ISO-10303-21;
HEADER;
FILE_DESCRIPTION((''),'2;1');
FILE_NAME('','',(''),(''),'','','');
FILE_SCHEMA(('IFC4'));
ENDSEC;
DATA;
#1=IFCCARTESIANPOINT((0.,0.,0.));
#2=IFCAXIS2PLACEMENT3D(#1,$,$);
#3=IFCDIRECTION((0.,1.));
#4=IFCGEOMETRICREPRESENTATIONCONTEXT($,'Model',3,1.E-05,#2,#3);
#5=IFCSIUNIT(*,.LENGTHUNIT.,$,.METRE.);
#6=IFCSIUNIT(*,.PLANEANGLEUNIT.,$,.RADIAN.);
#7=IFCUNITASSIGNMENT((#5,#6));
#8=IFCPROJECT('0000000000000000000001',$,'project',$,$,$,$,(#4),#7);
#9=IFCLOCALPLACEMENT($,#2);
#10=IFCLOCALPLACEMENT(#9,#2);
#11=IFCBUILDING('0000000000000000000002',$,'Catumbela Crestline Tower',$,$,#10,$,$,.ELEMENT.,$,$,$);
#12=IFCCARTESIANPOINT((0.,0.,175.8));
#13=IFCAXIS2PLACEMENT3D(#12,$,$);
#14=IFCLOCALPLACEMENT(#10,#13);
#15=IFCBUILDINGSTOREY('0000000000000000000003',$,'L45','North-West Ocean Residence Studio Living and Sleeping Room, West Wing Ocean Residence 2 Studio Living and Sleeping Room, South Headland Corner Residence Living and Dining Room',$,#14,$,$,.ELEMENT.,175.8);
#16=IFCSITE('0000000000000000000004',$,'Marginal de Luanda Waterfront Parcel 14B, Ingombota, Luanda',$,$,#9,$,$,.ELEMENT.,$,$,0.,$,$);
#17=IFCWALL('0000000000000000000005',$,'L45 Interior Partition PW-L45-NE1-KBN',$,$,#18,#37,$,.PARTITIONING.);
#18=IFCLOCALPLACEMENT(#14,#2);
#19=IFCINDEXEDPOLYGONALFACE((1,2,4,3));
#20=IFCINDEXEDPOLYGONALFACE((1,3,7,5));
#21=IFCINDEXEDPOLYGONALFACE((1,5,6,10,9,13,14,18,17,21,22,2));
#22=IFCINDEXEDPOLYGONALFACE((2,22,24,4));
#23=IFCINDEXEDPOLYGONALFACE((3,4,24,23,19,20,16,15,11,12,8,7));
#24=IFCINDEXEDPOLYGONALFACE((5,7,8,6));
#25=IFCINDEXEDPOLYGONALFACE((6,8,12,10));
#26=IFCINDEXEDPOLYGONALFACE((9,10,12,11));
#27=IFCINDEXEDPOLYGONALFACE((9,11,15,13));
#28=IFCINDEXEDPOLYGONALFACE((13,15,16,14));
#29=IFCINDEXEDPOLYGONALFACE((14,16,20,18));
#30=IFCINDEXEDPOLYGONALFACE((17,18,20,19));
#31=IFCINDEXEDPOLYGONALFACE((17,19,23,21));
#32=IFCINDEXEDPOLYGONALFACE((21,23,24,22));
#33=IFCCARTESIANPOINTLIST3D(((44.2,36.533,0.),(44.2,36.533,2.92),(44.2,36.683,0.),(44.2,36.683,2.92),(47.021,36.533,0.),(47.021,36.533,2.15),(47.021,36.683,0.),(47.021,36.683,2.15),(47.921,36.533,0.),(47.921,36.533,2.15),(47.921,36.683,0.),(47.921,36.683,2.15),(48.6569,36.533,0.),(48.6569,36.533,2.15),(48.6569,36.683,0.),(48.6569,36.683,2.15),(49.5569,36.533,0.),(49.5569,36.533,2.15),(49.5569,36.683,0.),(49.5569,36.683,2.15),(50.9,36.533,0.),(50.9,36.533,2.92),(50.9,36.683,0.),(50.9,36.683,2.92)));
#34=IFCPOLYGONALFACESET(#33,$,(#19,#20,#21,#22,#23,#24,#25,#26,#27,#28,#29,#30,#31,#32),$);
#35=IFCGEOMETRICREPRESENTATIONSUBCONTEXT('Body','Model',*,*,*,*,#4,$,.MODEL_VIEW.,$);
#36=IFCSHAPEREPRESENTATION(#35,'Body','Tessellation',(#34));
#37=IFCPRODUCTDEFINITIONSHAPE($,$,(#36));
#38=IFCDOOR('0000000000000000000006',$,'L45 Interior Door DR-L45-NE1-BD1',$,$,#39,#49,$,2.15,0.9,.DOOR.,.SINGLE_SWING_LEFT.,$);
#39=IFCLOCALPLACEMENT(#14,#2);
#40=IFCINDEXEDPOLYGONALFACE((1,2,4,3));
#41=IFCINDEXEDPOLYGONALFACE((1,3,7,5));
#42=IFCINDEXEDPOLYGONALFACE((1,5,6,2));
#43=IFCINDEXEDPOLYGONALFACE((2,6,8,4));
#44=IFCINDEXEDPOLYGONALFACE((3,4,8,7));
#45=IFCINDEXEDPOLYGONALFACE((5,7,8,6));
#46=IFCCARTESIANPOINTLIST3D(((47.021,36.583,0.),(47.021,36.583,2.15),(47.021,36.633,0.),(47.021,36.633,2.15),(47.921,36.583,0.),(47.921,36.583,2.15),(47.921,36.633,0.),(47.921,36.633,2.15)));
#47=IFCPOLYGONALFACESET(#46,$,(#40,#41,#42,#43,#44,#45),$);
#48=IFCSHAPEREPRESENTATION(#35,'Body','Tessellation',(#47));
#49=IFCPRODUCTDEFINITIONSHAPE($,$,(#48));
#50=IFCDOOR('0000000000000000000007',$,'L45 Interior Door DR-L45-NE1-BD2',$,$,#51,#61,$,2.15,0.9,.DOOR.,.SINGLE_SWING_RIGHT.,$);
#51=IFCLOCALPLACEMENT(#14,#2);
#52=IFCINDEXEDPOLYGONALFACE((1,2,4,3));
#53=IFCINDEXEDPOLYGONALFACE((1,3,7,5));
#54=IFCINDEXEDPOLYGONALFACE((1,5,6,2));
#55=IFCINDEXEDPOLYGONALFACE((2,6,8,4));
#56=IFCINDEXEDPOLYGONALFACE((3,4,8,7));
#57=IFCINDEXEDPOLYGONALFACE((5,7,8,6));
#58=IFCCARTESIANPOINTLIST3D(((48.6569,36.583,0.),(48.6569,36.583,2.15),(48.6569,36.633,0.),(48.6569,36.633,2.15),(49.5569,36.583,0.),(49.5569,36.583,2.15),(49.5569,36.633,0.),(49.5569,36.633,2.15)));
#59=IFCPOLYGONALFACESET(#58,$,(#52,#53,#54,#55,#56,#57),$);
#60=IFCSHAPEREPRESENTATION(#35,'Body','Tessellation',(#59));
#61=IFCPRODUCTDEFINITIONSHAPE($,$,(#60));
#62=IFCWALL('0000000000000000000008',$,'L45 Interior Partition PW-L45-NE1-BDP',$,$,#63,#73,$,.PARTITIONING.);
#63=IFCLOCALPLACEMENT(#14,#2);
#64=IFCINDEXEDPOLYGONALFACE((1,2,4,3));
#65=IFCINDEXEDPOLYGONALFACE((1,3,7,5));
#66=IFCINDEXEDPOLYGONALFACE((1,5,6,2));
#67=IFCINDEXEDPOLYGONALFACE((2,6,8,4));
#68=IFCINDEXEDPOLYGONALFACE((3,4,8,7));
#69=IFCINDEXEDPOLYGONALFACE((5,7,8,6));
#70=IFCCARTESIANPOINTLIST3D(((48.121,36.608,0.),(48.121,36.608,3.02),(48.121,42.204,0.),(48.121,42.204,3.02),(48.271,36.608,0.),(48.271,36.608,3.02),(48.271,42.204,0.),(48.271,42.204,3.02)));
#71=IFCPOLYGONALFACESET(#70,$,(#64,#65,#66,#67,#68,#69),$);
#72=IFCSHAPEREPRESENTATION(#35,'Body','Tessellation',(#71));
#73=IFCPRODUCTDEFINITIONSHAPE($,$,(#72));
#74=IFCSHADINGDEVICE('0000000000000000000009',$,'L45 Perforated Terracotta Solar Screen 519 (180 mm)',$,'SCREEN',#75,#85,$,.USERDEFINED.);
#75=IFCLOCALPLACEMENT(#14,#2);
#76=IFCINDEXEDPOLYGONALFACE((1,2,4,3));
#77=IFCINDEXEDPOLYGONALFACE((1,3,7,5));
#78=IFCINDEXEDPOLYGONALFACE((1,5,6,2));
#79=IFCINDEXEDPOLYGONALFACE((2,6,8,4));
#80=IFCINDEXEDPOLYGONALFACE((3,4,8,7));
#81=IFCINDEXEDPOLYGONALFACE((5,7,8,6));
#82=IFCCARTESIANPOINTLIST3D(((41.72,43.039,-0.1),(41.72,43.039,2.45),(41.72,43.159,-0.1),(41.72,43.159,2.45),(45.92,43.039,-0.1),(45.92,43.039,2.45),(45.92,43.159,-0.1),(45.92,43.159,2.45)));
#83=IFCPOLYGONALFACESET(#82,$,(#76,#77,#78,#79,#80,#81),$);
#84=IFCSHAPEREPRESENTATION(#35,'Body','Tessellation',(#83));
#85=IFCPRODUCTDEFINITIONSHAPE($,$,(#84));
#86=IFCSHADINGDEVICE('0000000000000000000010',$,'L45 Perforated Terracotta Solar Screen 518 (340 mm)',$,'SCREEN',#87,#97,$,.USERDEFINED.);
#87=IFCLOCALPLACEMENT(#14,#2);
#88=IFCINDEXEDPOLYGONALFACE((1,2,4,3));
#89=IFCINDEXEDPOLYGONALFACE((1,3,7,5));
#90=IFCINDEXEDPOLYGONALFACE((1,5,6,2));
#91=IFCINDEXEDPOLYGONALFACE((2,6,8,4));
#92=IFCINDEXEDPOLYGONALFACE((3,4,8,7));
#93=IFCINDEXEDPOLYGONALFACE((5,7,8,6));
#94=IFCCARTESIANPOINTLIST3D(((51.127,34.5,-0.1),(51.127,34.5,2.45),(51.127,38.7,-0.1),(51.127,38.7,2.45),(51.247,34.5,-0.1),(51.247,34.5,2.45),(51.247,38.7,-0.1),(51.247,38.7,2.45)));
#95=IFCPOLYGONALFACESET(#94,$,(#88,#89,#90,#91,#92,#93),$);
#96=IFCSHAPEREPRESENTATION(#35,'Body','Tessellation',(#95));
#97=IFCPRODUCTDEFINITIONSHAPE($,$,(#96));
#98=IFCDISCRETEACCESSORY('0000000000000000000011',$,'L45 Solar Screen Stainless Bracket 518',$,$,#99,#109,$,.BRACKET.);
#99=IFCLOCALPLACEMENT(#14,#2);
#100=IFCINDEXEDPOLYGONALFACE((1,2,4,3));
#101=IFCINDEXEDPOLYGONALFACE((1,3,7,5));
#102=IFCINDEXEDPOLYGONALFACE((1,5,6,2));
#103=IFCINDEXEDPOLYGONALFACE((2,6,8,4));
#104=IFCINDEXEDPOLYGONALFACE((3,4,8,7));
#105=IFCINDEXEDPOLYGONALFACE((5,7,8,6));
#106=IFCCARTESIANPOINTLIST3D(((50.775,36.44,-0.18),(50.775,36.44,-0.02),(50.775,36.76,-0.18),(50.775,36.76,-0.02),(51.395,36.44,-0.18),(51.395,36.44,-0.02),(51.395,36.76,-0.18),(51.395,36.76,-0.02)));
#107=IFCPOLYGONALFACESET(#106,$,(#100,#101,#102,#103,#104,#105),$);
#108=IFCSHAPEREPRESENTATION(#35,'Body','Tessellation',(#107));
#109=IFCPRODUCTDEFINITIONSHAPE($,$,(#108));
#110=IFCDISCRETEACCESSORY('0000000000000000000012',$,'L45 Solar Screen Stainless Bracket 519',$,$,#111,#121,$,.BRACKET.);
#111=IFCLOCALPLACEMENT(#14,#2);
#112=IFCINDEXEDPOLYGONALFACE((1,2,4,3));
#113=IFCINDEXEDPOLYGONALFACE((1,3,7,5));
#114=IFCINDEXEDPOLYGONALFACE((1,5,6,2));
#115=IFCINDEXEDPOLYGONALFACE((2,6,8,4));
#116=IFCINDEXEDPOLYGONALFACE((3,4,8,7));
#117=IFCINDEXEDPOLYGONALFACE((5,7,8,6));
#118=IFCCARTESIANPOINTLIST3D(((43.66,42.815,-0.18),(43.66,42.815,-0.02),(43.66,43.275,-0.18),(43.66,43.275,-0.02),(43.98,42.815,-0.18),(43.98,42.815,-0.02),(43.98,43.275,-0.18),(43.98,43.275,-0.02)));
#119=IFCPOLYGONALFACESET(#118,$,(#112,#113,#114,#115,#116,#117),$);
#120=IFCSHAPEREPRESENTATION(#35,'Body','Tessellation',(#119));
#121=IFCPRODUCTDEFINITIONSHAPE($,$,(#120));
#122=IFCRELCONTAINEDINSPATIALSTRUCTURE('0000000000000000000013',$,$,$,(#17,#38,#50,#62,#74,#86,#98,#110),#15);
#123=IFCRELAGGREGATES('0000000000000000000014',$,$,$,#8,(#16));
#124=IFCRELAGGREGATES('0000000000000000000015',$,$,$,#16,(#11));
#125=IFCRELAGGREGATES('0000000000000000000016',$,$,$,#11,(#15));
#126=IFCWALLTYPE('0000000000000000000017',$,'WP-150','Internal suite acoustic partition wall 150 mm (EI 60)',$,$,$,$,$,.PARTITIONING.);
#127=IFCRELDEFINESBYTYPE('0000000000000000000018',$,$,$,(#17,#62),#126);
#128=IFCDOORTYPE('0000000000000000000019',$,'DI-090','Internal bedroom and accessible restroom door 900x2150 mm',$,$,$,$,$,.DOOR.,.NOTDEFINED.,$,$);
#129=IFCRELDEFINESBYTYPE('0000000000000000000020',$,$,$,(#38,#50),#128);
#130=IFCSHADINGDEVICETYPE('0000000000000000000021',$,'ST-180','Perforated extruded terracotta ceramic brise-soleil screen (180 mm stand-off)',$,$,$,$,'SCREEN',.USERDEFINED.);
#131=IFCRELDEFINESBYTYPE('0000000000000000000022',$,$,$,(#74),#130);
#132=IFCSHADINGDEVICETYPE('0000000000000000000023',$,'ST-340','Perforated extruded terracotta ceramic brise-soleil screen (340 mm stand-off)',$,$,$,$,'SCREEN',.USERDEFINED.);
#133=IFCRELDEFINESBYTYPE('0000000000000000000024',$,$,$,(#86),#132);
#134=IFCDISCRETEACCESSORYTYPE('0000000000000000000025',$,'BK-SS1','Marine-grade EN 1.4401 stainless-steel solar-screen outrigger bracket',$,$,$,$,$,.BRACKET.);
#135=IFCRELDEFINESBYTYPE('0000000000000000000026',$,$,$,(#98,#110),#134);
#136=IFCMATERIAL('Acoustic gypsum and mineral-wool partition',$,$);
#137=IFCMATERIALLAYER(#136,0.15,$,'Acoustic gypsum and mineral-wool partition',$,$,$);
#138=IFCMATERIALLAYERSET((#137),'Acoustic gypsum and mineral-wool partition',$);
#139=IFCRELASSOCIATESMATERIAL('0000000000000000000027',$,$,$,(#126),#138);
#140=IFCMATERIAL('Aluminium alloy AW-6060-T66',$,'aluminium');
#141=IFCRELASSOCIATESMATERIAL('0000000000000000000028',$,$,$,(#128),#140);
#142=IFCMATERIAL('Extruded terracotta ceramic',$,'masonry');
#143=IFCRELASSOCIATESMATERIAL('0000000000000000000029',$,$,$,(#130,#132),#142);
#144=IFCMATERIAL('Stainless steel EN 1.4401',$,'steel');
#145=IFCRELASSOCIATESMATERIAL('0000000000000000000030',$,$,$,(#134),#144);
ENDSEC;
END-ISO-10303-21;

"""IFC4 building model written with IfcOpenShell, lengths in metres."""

from ifc_helpers import new_model, si_unit, direction, frame, frame_2d, origin, origin_2d, place, context, subcontext, project, spatial, rectangle, extrude, material, layer, layer_set, type_object, element, fill, save


model = new_model("IFC4")

# Units and contexts
model_context = context("Model", 3, precision=1e-05, world=origin(), true_north=direction((0.0, 1.0)))
body_context = subcontext(model_context, "Body", "Model", "MODEL_VIEW")
ifc_project = project(units=[si_unit("LENGTHUNIT", "METRE"), si_unit("PLANEANGLEUNIT", "RADIAN")], contexts=[model_context])

# Site, building, storey
site_placement = place(None, origin())
site = spatial("IfcSite", under=ifc_project, at=site_placement, Name="Marginal de Luanda Waterfront Parcel 14B, Ingombota, Luanda", CompositionType="ELEMENT", RefElevation=0.0)
building_placement = place(site_placement, origin())
building = spatial("IfcBuilding", under=site, at=building_placement, Name="Catumbela Crestline Tower", CompositionType="ELEMENT")
storey_placement = place(building_placement, frame((0.0, 0.0, 175.8)))
storey = spatial("IfcBuildingStorey", under=building, at=storey_placement, Name="L45", Description="North-West Ocean Residence Studio Living and Sleeping Room, West Wing Ocean Residence 2 Studio Living and Sleeping Room, South Headland Corner Residence Living and Dining Room", CompositionType="ELEMENT", Elevation=175.8)

# Shared definitions
ifc_material_1 = material(Name="Aluminium alloy AW-6060-T66", Category="aluminium")

# Wall, openings, doors
ifc_material_2 = material(Name="Acoustic gypsum and mineral-wool partition")
ifc_layer_1 = layer(ifc_material_2, 0.15, Name="Acoustic gypsum and mineral-wool partition")
ifc_layer_set_1 = layer_set([ifc_layer_1], Name="Acoustic gypsum and mineral-wool partition")
wall_type_1 = type_object("IfcWallType", Name="WP-150", Description="Internal suite acoustic partition wall 150 mm (EI 60)", PredefinedType="PARTITIONING", material=ifc_layer_set_1)
wall_1_placement = place(storey_placement, frame((44.2, 36.608, 0.0), z_axis=(0.0, 0.0, 1.0), x_axis=(1.0, 0.0, 0.0)))
wall_1 = element("IfcWall", 1, at=wall_1_placement, inside=storey, type_object=wall_type_1, Name="L45 Interior Partition PW-L45-NE1-KBN", PredefinedType="PARTITIONING", context=body_context, shape_type="SweptSolid", body=[
    extrude(rectangle(XDim=6.7, YDim=0.15, at=frame_2d((3.35, 0.0))), origin(), (0.0, 0.0, 1.0), 2.92),
])
opening_1_placement = place(wall_1_placement, frame((2.821, 0.0, 0.0)))
opening_1 = element("IfcOpeningElement", 2, at=opening_1_placement, cuts=wall_1, PredefinedType="OPENING", context=body_context, shape_type="SweptSolid", body=[
    extrude(rectangle(XDim=0.9, YDim=2.15, at=frame_2d((0.45, 1.075))), frame((0.0, 0.085, 0.0), z_axis=(0.0, -1.0, 0.0), x_axis=(1.0, 0.0, 0.0)), (0.0, 0.0, 1.0), 0.17),
])
opening_2_placement = place(wall_1_placement, frame((4.4569, 0.0, 0.0)))
opening_2 = element("IfcOpeningElement", 3, at=opening_2_placement, cuts=wall_1, PredefinedType="OPENING", context=body_context, shape_type="SweptSolid", body=[
    extrude(rectangle(XDim=0.9, YDim=2.15, at=frame_2d((0.45, 1.075))), frame((0.0, 0.085, 0.0), z_axis=(0.0, -1.0, 0.0), x_axis=(1.0, 0.0, 0.0)), (0.0, 0.0, 1.0), 0.17),
])
door_type = type_object("IfcDoorType", Name="DI-090", Description="Internal bedroom and accessible restroom door 900x2150 mm", OperationType="NOTDEFINED", PredefinedType="DOOR", material=ifc_material_1)
door_1_placement = place(opening_1_placement, origin())
door_1 = element("IfcDoor", 4, at=door_1_placement, inside=storey, type_object=door_type, Name="L45 Interior Door DR-L45-NE1-BD1", OperationType="SINGLE_SWING_LEFT", OverallHeight=2.15, OverallWidth=0.9, PredefinedType="DOOR", context=body_context, shape_type="SweptSolid", body=[
    extrude(rectangle(XDim=0.9, YDim=2.15, at=frame_2d((0.45, 1.075))), frame((0.0, 0.025, 0.0), z_axis=(0.0, -1.0, 0.0), x_axis=(1.0, 0.0, 0.0)), (0.0, 0.0, 1.0), 0.05),
])
fill(opening_1, door_1)
door_2_placement = place(opening_2_placement, origin())
door_2 = element("IfcDoor", 5, at=door_2_placement, inside=storey, type_object=door_type, Name="L45 Interior Door DR-L45-NE1-BD2", OperationType="SINGLE_SWING_RIGHT", OverallHeight=2.15, OverallWidth=0.9, PredefinedType="DOOR", context=body_context, shape_type="SweptSolid", body=[
    extrude(rectangle(XDim=0.9, YDim=2.15, at=frame_2d((0.45, 1.075))), frame((0.0, 0.025, 0.0), z_axis=(0.0, -1.0, 0.0), x_axis=(1.0, 0.0, 0.0)), (0.0, 0.0, 1.0), 0.05),
])
fill(opening_2, door_2)

# Wall
wall_2_placement = place(storey_placement, frame((48.196, 36.608, 0.0), z_axis=(0.0, 0.0, 1.0), x_axis=(0.0, 1.0, 0.0)))
element("IfcWall", 6, at=wall_2_placement, inside=storey, type_object=wall_type_1, Name="L45 Interior Partition PW-L45-NE1-BDP", PredefinedType="PARTITIONING", context=body_context, shape_type="SweptSolid", body=[
    extrude(rectangle(XDim=5.596, YDim=0.15, at=frame_2d((2.798, 0.0))), origin(), (0.0, 0.0, 1.0), 3.02),
])

# Shading devices
ifc_material_3 = material(Name="Extruded terracotta ceramic", Category="masonry")
shading_device_type_1 = type_object("IfcShadingDeviceType", Name="ST-180", Description="Perforated extruded terracotta ceramic brise-soleil screen (180 mm stand-off)", ElementType="SCREEN", PredefinedType="USERDEFINED", material=ifc_material_3)
shading_device_1_placement = place(storey_placement, frame((43.82, 43.099, -0.1), z_axis=(0.0, 0.0, 1.0), x_axis=(-1.0, 0.0, 0.0)))
element("IfcShadingDevice", 7, at=shading_device_1_placement, inside=storey, type_object=shading_device_type_1, Name="L45 Perforated Terracotta Solar Screen 519 (180 mm)", ObjectType="SCREEN", PredefinedType="USERDEFINED", context=body_context, shape_type="SweptSolid", body=[
    extrude(rectangle(XDim=4.2, YDim=0.12, at=origin_2d()), origin(), (0.0, 0.0, 1.0), 2.55),
])
shading_device_type_2 = type_object("IfcShadingDeviceType", Name="ST-340", Description="Perforated extruded terracotta ceramic brise-soleil screen (340 mm stand-off)", ElementType="SCREEN", PredefinedType="USERDEFINED", material=ifc_material_3)
shading_device_2_placement = place(storey_placement, frame((51.187, 36.6, -0.1), z_axis=(0.0, 0.0, 1.0), x_axis=(0.0, 1.0, 0.0)))
element("IfcShadingDevice", 8, at=shading_device_2_placement, inside=storey, type_object=shading_device_type_2, Name="L45 Perforated Terracotta Solar Screen 518 (340 mm)", ObjectType="SCREEN", PredefinedType="USERDEFINED", context=body_context, shape_type="SweptSolid", body=[
    extrude(rectangle(XDim=4.2, YDim=0.12, at=origin_2d()), origin(), (0.0, 0.0, 1.0), 2.55),
])

# Discrete accessories
ifc_material_4 = material(Name="Stainless steel EN 1.4401", Category="steel")
discrete_accessory_type = type_object("IfcDiscreteAccessoryType", Name="BK-SS1", Description="Marine-grade EN 1.4401 stainless-steel solar-screen outrigger bracket", PredefinedType="BRACKET", material=ifc_material_4)
discrete_accessory_1_placement = place(storey_placement, frame((51.085, 36.6, -0.18), z_axis=(0.0, 0.0, 1.0), x_axis=(0.0, 1.0, 0.0)))
element("IfcDiscreteAccessory", 9, at=discrete_accessory_1_placement, inside=storey, type_object=discrete_accessory_type, Name="L45 Solar Screen Stainless Bracket 518", PredefinedType="BRACKET", context=body_context, shape_type="SweptSolid", body=[
    extrude(rectangle(XDim=0.32, YDim=0.62, at=origin_2d()), origin(), (0.0, 0.0, 1.0), 0.16),
])
discrete_accessory_2_placement = place(storey_placement, frame((43.82, 43.045, -0.18), z_axis=(0.0, 0.0, 1.0), x_axis=(-1.0, 0.0, 0.0)))
element("IfcDiscreteAccessory", 10, at=discrete_accessory_2_placement, inside=storey, type_object=discrete_accessory_type, Name="L45 Solar Screen Stainless Bracket 519", PredefinedType="BRACKET", context=body_context, shape_type="SweptSolid", body=[
    extrude(rectangle(XDim=0.32, YDim=0.46, at=origin_2d()), origin(), (0.0, 0.0, 1.0), 0.16),
])

save(model, "model.ifc")
